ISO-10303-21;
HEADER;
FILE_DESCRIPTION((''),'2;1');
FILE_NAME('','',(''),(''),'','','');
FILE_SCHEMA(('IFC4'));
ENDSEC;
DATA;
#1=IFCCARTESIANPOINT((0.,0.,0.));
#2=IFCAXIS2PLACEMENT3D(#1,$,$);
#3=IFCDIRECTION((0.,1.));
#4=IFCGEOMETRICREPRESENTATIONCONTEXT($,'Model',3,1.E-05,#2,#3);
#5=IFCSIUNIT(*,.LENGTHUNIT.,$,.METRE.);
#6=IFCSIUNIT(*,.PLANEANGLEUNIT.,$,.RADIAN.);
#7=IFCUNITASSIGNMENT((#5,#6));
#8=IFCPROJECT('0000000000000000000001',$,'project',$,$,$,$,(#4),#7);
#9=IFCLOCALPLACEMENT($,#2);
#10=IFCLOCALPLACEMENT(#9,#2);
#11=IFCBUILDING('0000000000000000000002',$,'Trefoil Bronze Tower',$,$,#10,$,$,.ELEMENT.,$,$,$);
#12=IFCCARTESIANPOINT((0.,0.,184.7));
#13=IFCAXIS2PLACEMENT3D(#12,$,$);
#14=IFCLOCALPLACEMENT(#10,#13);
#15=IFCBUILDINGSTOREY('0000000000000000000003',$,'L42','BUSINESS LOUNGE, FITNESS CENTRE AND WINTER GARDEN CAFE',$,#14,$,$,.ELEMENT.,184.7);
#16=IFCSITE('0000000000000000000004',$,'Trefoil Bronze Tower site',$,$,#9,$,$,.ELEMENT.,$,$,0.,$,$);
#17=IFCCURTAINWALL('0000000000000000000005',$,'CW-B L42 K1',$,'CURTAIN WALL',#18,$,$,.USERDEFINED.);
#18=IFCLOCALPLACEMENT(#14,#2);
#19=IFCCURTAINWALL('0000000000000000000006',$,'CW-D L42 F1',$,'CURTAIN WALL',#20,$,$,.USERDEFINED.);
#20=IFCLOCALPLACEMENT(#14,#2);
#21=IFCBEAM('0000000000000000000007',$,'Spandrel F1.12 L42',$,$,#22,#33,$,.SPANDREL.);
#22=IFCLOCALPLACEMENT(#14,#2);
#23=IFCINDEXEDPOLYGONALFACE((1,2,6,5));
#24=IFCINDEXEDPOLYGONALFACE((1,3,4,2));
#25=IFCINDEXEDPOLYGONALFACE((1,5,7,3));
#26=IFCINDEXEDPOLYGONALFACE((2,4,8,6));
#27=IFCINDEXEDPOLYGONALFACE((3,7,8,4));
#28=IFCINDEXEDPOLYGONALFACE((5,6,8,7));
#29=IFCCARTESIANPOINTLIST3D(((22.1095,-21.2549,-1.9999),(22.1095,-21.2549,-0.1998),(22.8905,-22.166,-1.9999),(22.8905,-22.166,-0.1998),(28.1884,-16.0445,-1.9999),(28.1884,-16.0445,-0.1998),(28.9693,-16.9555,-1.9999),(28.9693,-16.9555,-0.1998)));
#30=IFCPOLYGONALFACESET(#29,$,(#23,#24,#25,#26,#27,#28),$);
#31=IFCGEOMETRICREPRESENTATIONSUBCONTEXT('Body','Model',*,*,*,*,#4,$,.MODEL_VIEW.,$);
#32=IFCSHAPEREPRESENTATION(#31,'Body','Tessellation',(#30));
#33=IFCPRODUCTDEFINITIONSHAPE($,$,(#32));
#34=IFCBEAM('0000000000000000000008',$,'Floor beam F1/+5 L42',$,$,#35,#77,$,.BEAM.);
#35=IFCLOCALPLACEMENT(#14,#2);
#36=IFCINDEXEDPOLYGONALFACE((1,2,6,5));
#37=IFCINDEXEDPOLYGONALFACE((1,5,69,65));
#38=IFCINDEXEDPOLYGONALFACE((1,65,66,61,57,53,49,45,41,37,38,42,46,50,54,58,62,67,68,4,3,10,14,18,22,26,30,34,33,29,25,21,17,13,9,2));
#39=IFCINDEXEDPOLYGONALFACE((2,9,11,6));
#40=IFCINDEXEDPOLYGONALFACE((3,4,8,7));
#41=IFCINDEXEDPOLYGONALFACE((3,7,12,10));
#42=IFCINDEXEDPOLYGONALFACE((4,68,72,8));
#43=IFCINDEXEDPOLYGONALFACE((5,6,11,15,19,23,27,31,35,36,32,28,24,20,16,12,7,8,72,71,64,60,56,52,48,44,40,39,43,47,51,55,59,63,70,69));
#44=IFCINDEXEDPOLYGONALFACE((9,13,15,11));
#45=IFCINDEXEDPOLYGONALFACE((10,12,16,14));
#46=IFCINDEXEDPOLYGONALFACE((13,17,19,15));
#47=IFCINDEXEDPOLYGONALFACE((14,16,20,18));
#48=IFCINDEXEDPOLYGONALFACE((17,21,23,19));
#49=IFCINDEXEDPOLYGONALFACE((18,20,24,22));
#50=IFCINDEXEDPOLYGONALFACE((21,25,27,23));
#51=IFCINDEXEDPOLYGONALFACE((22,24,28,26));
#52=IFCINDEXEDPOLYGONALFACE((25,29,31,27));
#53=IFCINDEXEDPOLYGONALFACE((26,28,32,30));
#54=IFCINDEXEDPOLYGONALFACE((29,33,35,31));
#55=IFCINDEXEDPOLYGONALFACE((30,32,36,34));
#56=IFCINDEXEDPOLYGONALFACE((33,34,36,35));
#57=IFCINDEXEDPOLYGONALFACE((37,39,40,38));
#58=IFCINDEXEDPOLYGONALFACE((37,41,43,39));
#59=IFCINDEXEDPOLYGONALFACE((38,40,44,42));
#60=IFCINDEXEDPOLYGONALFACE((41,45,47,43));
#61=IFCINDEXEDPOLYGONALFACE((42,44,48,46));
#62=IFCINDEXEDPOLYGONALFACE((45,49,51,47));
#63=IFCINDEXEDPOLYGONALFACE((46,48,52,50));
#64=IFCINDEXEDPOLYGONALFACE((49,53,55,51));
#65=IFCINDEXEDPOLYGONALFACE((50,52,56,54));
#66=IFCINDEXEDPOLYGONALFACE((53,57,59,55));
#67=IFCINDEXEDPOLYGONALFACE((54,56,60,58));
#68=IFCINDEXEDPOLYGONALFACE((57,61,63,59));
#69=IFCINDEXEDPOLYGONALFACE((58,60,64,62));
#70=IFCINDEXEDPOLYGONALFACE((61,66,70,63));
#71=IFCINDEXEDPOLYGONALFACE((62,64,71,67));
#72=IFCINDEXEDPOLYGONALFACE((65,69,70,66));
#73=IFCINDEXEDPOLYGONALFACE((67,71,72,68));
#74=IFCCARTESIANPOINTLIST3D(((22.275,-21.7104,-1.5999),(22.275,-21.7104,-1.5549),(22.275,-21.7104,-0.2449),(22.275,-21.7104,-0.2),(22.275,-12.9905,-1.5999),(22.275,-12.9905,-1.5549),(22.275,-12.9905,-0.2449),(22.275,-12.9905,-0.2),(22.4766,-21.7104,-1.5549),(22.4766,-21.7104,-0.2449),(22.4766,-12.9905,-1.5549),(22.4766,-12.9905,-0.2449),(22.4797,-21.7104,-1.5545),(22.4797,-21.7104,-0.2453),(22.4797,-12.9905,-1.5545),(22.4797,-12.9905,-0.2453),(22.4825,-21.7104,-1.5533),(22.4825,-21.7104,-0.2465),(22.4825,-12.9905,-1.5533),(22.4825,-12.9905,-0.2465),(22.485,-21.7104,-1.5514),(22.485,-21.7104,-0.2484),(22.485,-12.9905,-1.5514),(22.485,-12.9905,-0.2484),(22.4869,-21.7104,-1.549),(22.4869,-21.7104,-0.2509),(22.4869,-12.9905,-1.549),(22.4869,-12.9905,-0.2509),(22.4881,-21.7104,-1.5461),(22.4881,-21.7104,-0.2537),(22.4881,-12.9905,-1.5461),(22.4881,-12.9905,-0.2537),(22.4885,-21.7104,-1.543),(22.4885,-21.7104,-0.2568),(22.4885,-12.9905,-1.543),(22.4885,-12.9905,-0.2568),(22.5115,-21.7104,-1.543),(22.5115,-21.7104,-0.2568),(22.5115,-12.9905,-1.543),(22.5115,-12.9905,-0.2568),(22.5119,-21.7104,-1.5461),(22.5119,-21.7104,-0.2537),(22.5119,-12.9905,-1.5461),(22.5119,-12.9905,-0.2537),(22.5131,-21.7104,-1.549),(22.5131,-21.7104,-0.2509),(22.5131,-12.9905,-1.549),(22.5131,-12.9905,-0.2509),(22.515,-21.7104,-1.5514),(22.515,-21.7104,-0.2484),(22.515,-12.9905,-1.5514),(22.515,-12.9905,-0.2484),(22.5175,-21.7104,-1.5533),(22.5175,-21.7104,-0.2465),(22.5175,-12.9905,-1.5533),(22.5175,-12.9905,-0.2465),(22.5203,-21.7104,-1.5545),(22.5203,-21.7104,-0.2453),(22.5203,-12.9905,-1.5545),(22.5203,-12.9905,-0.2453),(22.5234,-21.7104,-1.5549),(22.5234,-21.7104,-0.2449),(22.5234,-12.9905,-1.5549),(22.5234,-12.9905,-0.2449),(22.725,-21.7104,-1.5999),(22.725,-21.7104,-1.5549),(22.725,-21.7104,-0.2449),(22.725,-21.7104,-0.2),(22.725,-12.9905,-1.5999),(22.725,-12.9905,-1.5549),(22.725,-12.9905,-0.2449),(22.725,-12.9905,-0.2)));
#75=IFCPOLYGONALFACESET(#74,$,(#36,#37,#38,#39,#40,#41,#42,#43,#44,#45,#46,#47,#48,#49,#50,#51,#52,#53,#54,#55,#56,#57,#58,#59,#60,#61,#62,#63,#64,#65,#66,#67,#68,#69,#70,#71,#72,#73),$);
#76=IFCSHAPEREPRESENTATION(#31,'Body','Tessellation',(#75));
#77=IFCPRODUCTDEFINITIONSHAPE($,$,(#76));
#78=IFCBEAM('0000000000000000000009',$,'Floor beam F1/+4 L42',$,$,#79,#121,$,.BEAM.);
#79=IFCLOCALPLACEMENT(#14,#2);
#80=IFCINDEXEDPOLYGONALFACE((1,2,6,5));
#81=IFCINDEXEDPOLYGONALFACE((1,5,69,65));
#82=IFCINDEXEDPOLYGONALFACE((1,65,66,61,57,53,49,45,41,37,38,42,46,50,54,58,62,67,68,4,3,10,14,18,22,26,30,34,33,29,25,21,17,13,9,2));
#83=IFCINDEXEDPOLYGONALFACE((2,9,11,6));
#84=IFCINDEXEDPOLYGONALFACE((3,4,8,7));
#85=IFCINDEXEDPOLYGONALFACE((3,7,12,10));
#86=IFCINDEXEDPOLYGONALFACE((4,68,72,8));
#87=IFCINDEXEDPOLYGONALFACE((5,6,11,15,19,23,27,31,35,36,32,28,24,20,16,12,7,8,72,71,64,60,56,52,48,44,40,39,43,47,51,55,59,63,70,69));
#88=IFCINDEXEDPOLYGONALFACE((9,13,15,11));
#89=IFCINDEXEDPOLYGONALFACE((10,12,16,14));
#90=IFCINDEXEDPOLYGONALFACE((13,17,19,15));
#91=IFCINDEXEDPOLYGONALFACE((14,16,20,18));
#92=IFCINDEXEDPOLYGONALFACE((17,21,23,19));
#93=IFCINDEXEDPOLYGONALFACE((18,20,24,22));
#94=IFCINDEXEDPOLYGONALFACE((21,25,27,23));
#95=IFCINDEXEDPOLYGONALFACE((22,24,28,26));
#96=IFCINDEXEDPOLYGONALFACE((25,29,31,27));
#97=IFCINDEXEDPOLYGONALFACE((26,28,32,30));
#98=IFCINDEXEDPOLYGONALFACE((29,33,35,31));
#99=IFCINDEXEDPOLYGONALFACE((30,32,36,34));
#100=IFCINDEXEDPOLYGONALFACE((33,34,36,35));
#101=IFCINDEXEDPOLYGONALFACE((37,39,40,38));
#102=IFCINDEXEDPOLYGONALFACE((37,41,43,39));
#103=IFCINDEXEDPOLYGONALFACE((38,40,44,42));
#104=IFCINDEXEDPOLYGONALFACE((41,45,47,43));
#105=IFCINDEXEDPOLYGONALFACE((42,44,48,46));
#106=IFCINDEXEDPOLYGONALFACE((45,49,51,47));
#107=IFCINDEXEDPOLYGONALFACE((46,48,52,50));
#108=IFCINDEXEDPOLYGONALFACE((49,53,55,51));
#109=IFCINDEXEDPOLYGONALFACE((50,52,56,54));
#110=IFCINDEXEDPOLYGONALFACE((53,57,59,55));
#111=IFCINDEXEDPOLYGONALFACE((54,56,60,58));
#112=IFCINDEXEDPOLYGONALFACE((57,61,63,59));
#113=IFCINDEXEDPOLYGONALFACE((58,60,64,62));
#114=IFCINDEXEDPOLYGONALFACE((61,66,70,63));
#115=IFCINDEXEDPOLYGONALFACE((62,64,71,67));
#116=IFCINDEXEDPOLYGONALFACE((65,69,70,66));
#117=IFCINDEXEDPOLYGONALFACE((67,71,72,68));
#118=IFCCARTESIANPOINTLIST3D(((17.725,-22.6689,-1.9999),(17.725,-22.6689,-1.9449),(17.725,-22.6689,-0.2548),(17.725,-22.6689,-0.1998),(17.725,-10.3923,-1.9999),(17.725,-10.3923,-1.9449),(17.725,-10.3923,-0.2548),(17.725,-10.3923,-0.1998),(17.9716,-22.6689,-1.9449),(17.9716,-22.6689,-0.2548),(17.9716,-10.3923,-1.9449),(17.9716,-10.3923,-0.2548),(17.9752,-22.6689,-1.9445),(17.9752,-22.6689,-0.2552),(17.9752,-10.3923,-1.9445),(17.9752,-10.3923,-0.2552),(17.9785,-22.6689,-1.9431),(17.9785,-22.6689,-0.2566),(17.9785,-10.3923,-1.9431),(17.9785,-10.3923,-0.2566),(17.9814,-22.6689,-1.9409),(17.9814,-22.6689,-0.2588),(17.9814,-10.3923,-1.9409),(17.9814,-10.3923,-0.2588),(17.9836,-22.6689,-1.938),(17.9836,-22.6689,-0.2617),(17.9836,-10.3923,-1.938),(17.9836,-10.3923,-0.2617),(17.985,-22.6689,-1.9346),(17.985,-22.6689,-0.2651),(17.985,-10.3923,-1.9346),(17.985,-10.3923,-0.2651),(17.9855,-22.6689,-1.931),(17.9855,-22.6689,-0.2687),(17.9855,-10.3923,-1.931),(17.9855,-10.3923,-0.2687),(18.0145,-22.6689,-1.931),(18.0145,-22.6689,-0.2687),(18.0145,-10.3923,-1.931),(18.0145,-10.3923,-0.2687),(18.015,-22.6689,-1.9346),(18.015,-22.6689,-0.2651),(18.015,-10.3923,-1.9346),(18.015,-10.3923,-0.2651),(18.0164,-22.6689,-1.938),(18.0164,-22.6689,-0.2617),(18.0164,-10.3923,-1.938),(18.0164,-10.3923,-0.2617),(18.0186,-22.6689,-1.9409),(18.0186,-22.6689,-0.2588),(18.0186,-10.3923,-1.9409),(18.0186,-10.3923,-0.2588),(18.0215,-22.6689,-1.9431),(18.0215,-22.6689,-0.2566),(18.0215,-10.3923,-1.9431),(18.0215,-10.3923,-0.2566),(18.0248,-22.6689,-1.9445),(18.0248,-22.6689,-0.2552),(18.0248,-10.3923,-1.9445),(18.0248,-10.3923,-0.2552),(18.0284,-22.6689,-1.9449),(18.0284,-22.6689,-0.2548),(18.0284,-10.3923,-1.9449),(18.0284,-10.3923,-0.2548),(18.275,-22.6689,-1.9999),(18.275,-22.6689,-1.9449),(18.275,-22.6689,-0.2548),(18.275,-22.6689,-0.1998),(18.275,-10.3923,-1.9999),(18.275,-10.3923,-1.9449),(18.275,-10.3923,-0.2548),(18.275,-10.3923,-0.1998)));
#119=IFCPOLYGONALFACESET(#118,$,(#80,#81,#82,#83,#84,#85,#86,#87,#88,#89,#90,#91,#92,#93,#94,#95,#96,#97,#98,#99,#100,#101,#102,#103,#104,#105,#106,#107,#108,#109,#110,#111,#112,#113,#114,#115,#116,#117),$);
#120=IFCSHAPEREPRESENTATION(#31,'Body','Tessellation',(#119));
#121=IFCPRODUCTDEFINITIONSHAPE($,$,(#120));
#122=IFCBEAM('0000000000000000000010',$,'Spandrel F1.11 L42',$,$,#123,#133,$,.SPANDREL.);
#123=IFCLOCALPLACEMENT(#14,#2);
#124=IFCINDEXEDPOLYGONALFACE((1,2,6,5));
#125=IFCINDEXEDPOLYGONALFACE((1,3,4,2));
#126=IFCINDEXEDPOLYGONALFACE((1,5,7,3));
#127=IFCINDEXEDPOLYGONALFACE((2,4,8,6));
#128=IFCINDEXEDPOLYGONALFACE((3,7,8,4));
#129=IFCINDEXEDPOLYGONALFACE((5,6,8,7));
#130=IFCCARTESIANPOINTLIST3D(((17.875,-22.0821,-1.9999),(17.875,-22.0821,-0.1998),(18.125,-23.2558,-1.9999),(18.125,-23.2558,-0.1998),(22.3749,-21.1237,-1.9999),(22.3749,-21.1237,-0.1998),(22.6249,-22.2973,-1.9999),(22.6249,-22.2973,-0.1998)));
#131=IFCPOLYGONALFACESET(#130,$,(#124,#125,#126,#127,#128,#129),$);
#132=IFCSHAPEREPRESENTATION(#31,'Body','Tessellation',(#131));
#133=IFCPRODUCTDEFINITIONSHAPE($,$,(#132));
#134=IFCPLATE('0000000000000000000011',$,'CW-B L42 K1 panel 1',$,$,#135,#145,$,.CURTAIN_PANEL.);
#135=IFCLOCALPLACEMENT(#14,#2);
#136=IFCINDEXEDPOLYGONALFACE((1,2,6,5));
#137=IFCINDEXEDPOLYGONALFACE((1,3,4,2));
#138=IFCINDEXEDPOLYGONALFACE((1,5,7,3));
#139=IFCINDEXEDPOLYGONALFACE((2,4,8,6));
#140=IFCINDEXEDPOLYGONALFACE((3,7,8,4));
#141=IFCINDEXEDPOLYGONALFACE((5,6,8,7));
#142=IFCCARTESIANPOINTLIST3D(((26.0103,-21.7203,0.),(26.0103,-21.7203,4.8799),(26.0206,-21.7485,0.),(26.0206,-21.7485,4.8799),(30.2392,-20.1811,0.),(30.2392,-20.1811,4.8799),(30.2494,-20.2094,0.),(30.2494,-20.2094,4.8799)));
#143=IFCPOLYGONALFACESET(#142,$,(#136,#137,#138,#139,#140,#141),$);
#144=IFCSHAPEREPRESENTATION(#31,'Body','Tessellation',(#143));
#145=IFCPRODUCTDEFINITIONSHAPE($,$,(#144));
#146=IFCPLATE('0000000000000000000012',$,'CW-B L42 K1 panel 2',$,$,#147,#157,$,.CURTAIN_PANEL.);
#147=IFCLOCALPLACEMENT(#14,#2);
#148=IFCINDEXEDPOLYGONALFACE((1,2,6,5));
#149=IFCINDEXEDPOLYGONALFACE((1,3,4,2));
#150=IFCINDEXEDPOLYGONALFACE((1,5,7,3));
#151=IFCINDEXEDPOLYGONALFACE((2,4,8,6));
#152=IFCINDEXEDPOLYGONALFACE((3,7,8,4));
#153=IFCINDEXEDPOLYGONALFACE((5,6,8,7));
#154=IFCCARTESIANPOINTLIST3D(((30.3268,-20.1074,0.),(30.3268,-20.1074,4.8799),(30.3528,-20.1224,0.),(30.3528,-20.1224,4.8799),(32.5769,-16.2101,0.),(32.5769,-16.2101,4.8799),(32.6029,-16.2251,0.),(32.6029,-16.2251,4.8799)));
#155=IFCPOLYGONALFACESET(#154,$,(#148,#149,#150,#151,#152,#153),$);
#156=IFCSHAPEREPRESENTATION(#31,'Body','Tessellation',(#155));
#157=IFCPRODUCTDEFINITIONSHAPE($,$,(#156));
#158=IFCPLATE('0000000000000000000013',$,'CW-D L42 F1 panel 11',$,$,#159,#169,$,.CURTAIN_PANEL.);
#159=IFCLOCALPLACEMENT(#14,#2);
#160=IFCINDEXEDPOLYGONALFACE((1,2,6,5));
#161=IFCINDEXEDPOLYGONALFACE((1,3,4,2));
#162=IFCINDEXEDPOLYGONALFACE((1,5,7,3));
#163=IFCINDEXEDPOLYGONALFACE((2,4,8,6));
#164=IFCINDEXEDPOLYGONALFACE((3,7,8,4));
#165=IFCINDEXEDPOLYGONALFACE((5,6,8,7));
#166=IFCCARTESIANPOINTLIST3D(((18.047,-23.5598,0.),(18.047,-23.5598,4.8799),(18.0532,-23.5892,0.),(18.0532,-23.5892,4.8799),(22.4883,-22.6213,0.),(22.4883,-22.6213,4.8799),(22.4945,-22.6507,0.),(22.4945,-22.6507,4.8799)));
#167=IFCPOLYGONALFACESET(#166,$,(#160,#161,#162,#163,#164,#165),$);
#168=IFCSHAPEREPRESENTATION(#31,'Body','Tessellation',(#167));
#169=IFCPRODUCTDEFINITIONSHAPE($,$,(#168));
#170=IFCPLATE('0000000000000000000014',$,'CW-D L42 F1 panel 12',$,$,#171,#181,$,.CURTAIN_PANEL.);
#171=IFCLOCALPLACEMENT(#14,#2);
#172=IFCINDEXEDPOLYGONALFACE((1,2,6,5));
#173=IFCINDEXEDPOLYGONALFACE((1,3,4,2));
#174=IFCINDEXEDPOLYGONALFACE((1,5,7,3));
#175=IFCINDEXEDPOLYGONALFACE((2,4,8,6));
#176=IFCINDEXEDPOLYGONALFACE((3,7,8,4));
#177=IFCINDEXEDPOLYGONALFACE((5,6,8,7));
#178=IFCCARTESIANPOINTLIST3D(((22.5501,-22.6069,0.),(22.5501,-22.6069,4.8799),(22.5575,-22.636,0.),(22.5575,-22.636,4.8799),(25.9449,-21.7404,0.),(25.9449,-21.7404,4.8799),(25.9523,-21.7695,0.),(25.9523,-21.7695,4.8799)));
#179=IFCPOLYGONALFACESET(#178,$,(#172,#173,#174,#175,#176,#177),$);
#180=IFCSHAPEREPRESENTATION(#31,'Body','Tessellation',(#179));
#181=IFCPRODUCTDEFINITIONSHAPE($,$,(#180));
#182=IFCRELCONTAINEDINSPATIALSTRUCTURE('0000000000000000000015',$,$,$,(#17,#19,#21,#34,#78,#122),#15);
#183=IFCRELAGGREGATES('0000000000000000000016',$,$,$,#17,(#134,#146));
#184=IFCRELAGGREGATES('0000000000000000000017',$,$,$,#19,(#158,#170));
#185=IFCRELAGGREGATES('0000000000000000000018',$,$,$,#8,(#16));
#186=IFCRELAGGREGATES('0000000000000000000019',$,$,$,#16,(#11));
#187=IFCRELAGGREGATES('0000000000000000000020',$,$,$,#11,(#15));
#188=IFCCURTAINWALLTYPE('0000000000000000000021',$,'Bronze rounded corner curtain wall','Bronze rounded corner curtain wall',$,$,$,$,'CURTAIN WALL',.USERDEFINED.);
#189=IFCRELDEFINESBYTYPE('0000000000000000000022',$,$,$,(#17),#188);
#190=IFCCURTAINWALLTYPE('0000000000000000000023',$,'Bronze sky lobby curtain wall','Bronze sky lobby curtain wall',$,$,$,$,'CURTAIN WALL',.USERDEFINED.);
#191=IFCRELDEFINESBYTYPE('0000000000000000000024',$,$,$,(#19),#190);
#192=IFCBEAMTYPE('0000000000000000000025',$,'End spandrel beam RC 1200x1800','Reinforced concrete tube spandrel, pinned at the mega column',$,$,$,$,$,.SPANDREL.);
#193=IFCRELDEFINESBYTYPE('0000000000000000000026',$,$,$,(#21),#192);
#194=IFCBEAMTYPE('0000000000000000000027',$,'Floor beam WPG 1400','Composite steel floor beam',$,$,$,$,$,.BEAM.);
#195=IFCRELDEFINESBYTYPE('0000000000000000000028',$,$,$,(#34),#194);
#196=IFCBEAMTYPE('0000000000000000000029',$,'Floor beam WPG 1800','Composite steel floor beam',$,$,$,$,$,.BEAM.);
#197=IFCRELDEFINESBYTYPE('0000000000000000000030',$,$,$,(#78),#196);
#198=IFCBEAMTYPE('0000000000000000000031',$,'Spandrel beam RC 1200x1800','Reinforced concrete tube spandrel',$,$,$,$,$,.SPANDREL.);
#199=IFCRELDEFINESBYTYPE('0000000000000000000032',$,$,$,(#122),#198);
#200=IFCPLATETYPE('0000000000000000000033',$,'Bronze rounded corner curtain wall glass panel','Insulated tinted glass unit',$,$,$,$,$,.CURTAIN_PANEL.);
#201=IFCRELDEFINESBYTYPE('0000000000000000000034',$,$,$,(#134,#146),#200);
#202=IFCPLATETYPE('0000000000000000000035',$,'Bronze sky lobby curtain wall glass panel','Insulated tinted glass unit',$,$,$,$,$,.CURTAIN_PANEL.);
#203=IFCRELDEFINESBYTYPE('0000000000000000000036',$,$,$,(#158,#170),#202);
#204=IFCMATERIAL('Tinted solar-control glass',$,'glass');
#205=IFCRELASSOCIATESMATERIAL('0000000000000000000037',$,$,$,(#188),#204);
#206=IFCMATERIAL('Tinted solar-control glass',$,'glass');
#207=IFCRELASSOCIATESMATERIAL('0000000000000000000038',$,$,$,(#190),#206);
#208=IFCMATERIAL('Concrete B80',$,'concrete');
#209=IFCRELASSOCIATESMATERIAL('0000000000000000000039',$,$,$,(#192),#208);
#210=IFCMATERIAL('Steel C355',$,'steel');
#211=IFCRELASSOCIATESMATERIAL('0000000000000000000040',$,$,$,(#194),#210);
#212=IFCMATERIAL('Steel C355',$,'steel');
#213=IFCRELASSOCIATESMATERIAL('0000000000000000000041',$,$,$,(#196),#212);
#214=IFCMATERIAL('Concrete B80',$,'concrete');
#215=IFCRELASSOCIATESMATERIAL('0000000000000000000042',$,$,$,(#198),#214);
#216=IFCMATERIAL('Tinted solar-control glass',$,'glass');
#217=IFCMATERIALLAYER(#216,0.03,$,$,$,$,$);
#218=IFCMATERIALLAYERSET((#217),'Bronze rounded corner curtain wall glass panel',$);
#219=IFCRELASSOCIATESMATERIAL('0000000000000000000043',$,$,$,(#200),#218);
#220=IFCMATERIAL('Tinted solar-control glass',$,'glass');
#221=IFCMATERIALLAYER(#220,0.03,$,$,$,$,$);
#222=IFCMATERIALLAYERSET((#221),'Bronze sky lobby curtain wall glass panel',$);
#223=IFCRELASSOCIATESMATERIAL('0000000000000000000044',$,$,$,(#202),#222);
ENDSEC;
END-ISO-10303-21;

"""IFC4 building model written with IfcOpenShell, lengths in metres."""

from ifc_helpers import new_model, si_unit, direction, frame, origin, origin_2d, place, context, subcontext, project, spatial, rectangle, i_section, extrude, material, layer, layer_set, material_profile, profile_set, type_object, element, aggregate, save


model = new_model("IFC4")

# Units and contexts
model_context = context("Model", 3, precision=1e-05, world=origin(), true_north=direction((0.0, 1.0)))
body_context = subcontext(model_context, "Body", "Model", "MODEL_VIEW")
ifc_project = project(units=[si_unit("LENGTHUNIT", "METRE"), si_unit("PLANEANGLEUNIT", "RADIAN")], contexts=[model_context])

# Site, building, storey
site_placement = place(None, origin())
site = spatial("IfcSite", under=ifc_project, at=site_placement, Name="Trefoil Bronze Tower site", CompositionType="ELEMENT", RefElevation=0.0)
building_placement = place(site_placement, origin())
building = spatial("IfcBuilding", under=site, at=building_placement, Name="Trefoil Bronze Tower", CompositionType="ELEMENT")
storey_placement = place(building_placement, frame((0.0, 0.0, 184.7)))
storey = spatial("IfcBuildingStorey", under=building, at=storey_placement, Name="L42", Description="BUSINESS LOUNGE, FITNESS CENTRE AND WINTER GARDEN CAFE", CompositionType="ELEMENT", Elevation=184.7)

# Curtain walls
ifc_material_1 = material(Name="Tinted solar-control glass", Category="glass")
curtain_wall_type_1 = type_object("IfcCurtainWallType", Name="Bronze rounded corner curtain wall", Description="Bronze rounded corner curtain wall", ElementType="CURTAIN WALL", PredefinedType="USERDEFINED", material=ifc_material_1)
curtain_wall_1_placement = place(storey_placement, origin())
curtain_wall_1 = element("IfcCurtainWall", 1, at=curtain_wall_1_placement, inside=storey, type_object=curtain_wall_type_1, Name="CW-B L42 K1", ObjectType="CURTAIN WALL", PredefinedType="USERDEFINED")
ifc_material_2 = material(Name="Tinted solar-control glass", Category="glass")
curtain_wall_type_2 = type_object("IfcCurtainWallType", Name="Bronze sky lobby curtain wall", Description="Bronze sky lobby curtain wall", ElementType="CURTAIN WALL", PredefinedType="USERDEFINED", material=ifc_material_2)
curtain_wall_2_placement = place(storey_placement, origin())
curtain_wall_2 = element("IfcCurtainWall", 2, at=curtain_wall_2_placement, inside=storey, type_object=curtain_wall_type_2, Name="CW-D L42 F1", ObjectType="CURTAIN WALL", PredefinedType="USERDEFINED")

# Beams
ifc_material_3 = material(Name="Concrete B80", Category="concrete")
ifc_material_profile_1 = material_profile(ifc_material_3, rectangle(XDim=1.2, YDim=1.8, at=origin_2d()), Name="RC 1200x1800")
ifc_profile_set_1 = profile_set([ifc_material_profile_1], Name="Concrete B80")
beam_type_1 = type_object("IfcBeamType", Name="End spandrel beam RC 1200x1800", Description="Reinforced concrete tube spandrel, pinned at the mega column", PredefinedType="SPANDREL", material=ifc_profile_set_1)
beam_1_placement = place(storey_placement, frame((22.5, -21.7104, -1.0999), z_axis=(0.759257, 0.650791, 0.0), x_axis=(-0.650791, 0.759257, 0.0)))
element("IfcBeam", 3, at=beam_1_placement, inside=storey, type_object=beam_type_1, Name="Spandrel F1.12 L42", PredefinedType="SPANDREL", context=body_context, shape_type="SweptSolid", body=[
    extrude(rectangle(XDim=1.2, YDim=1.8, at=origin_2d()), origin(), (0.0, 0.0, 1.0), 8.0063),
])
ifc_material_4 = material(Name="Steel C355", Category="steel")
ifc_material_profile_2 = material_profile(ifc_material_4, i_section(OverallWidth=0.45, OverallDepth=1.3999, WebThickness=0.0229, FlangeThickness=0.0449, FilletRadius=0.012, at=origin_2d()), Name="WPG 1400")
ifc_profile_set_2 = profile_set([ifc_material_profile_2], Name="Steel C355")
beam_type_2 = type_object("IfcBeamType", Name="Floor beam WPG 1400", Description="Composite steel floor beam", PredefinedType="BEAM", material=ifc_profile_set_2)
beam_2_placement = place(storey_placement, frame((22.5, -21.7104, -0.8999), z_axis=(0.0, 1.0, 0.0), x_axis=(-1.0, 0.0, 0.0)))
element("IfcBeam", 4, at=beam_2_placement, inside=storey, type_object=beam_type_2, Name="Floor beam F1/+5 L42", PredefinedType="BEAM", context=body_context, shape_type="SweptSolid", body=[
    extrude(i_section(OverallWidth=0.45, OverallDepth=1.3999, WebThickness=0.0229, FlangeThickness=0.0449, FilletRadius=0.012, at=origin_2d()), origin(), (0.0, 0.0, 1.0), 8.72),
])
ifc_material_5 = material(Name="Steel C355", Category="steel")
ifc_material_profile_3 = material_profile(ifc_material_5, i_section(OverallWidth=0.55, OverallDepth=1.8, WebThickness=0.0291, FlangeThickness=0.0549, FilletRadius=0.0139, at=origin_2d()), Name="WPG 1800")
ifc_profile_set_3 = profile_set([ifc_material_profile_3], Name="Steel C355")
beam_type_3 = type_object("IfcBeamType", Name="Floor beam WPG 1800", Description="Composite steel floor beam", PredefinedType="BEAM", material=ifc_profile_set_3)
beam_3_placement = place(storey_placement, frame((18.0, -22.6689, -1.0999), z_axis=(0.0, 1.0, 0.0), x_axis=(-1.0, 0.0, 0.0)))
element("IfcBeam", 5, at=beam_3_placement, inside=storey, type_object=beam_type_3, Name="Floor beam F1/+4 L42", PredefinedType="BEAM", context=body_context, shape_type="SweptSolid", body=[
    extrude(i_section(OverallWidth=0.55, OverallDepth=1.8, WebThickness=0.0291, FlangeThickness=0.0549, FilletRadius=0.0139, at=origin_2d()), origin(), (0.0, 0.0, 1.0), 12.2766),
])
ifc_material_6 = material(Name="Concrete B80", Category="concrete")
ifc_material_profile_4 = material_profile(ifc_material_6, rectangle(XDim=1.2, YDim=1.8, at=origin_2d()), Name="RC 1200x1800")
ifc_profile_set_4 = profile_set([ifc_material_profile_4], Name="Concrete B80")
beam_type_4 = type_object("IfcBeamType", Name="Spandrel beam RC 1200x1800", Description="Reinforced concrete tube spandrel", PredefinedType="SPANDREL", material=ifc_profile_set_4)
beam_4_placement = place(storey_placement, frame((18.0, -22.6689, -1.0999), z_axis=(0.978059, 0.208326, 0.0), x_axis=(-0.208326, 0.978059, 0.0)))
element("IfcBeam", 6, at=beam_4_placement, inside=storey, type_object=beam_type_4, Name="Spandrel F1.11 L42", PredefinedType="SPANDREL", context=body_context, shape_type="SweptSolid", body=[
    extrude(rectangle(XDim=1.2, YDim=1.8, at=origin_2d()), origin(), (0.0, 0.0, 1.0), 4.6008),
])

# Plates
ifc_material_7 = material(Name="Tinted solar-control glass", Category="glass")
ifc_layer_1 = layer(ifc_material_7, 0.03)
ifc_layer_set_1 = layer_set([ifc_layer_1], Name="Bronze rounded corner curtain wall glass panel")
plate_type_1 = type_object("IfcPlateType", Name="Bronze rounded corner curtain wall glass panel", Description="Insulated tinted glass unit", PredefinedType="CURTAIN_PANEL", material=ifc_layer_set_1)
plate_1_placement = place(storey_placement, frame((28.1299, -20.9648, 0.0), z_axis=(0.0, 0.0, 1.0), x_axis=(0.939693, 0.34202, 0.0)))
plate_1 = element("IfcPlate", 7, at=plate_1_placement, type_object=plate_type_1, Name="CW-B L42 K1 panel 1", PredefinedType="CURTAIN_PANEL", context=body_context, shape_type="SweptSolid", body=[
    extrude(rectangle(XDim=4.5002, YDim=0.03, at=origin_2d()), origin(), (0.0, 0.0, 1.0), 4.8799),
])
plate_2_placement = place(storey_placement, frame((31.4648, -18.1663, 0.0), z_axis=(0.0, 0.0, 1.0), x_axis=(0.5, 0.866025, 0.0)))
plate_2 = element("IfcPlate", 8, at=plate_2_placement, type_object=plate_type_1, Name="CW-B L42 K1 panel 2", PredefinedType="CURTAIN_PANEL", context=body_context, shape_type="SweptSolid", body=[
    extrude(rectangle(XDim=4.5002, YDim=0.03, at=origin_2d()), origin(), (0.0, 0.0, 1.0), 4.8799),
])
aggregate(curtain_wall_1, [plate_1, plate_2])
ifc_material_8 = material(Name="Tinted solar-control glass", Category="glass")
ifc_layer_2 = layer(ifc_material_8, 0.03)
ifc_layer_set_2 = layer_set([ifc_layer_2], Name="Bronze sky lobby curtain wall glass panel")
plate_type_2 = type_object("IfcPlateType", Name="Bronze sky lobby curtain wall glass panel", Description="Insulated tinted glass unit", PredefinedType="CURTAIN_PANEL", material=ifc_layer_set_2)
plate_3_placement = place(storey_placement, frame((20.2708, -23.1052, 0.0), z_axis=(0.0, 0.0, 1.0), x_axis=(0.978394, 0.206747, 0.0)))
plate_3 = element("IfcPlate", 9, at=plate_3_placement, type_object=plate_type_2, Name="CW-D L42 F1 panel 11", PredefinedType="CURTAIN_PANEL", context=body_context, shape_type="SweptSolid", body=[
    extrude(rectangle(XDim=4.5393, YDim=0.03, at=origin_2d()), origin(), (0.0, 0.0, 1.0), 4.8799),
])
plate_4_placement = place(storey_placement, frame((24.2512, -22.1882, 0.0), z_axis=(0.0, 0.0, 1.0), x_axis=(0.968934, 0.247319, 0.0)))
plate_4 = element("IfcPlate", 10, at=plate_4_placement, type_object=plate_type_2, Name="CW-D L42 F1 panel 12", PredefinedType="CURTAIN_PANEL", context=body_context, shape_type="SweptSolid", body=[
    extrude(rectangle(XDim=3.5037, YDim=0.03, at=origin_2d()), origin(), (0.0, 0.0, 1.0), 4.8799),
])
aggregate(curtain_wall_2, [plate_3, plate_4])

save(model, "model.ifc")
